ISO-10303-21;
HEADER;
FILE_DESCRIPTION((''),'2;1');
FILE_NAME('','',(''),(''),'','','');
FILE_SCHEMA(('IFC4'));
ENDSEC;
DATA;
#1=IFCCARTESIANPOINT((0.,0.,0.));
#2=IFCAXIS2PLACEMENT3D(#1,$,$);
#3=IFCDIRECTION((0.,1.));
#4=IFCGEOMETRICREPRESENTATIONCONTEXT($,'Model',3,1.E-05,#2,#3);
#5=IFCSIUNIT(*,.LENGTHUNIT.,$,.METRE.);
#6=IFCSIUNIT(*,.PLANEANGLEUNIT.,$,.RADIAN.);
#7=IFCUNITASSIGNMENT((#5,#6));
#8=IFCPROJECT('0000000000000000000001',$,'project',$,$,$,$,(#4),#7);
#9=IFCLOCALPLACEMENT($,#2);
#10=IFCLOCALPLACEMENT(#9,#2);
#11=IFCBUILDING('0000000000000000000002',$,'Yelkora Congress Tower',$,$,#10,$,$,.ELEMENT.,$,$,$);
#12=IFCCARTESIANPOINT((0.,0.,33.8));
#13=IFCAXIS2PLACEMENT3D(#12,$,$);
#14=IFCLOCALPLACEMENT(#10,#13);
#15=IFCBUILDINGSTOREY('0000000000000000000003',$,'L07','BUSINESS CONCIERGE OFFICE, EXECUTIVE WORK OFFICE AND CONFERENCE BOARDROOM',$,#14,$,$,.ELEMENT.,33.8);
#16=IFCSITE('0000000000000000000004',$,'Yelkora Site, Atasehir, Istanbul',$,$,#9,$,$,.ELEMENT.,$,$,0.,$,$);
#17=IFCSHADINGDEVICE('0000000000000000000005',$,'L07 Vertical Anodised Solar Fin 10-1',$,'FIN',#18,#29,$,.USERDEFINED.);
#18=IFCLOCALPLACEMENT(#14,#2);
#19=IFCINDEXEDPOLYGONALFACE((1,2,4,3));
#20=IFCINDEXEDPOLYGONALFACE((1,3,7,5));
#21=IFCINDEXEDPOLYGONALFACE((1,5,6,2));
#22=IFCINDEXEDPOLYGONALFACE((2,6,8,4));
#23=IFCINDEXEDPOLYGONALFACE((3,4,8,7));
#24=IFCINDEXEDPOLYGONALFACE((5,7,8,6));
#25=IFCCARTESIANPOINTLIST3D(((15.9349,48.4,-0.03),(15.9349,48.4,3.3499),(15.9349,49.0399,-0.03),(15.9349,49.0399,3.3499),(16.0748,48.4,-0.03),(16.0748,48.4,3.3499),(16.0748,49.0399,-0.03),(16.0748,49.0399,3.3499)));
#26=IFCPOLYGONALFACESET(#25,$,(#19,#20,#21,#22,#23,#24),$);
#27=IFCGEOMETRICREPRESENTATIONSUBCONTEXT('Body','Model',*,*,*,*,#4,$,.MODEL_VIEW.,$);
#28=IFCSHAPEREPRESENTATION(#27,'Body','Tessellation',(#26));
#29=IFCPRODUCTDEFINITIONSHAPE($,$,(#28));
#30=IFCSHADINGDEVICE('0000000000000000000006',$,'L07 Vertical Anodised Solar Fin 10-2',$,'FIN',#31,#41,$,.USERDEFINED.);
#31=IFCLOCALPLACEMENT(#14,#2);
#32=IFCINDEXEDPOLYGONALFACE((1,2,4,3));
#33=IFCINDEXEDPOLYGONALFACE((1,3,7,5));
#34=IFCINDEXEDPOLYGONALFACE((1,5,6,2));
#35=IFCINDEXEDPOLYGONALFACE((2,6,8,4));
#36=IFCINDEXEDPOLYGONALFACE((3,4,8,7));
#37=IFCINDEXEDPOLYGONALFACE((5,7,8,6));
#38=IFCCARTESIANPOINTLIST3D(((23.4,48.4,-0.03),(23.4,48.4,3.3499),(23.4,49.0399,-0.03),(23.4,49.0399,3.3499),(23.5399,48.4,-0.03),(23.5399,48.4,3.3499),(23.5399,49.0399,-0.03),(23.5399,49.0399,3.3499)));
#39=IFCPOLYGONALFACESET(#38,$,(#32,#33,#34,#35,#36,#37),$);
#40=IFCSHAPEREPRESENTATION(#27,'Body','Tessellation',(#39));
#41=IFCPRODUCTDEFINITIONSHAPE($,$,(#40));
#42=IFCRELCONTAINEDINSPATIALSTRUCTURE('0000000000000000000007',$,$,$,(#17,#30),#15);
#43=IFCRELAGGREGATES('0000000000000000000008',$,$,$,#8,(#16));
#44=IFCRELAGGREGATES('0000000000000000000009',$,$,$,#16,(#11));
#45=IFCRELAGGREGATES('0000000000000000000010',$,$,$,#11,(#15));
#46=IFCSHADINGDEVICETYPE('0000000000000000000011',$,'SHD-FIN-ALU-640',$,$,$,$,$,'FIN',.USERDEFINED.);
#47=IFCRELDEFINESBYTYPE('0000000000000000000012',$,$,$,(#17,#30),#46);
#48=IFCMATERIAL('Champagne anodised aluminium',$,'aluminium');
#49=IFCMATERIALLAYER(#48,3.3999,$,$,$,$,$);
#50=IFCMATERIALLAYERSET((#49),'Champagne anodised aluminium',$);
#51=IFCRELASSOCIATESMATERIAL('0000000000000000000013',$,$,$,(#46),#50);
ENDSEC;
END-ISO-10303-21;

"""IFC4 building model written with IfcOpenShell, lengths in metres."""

from ifc_helpers import new_model, si_unit, direction, frame, origin, origin_2d, place, context, subcontext, project, spatial, rectangle, extrude, material, layer, layer_set, type_object, element, save


model = new_model("IFC4")

# Units and contexts
model_context = context("Model", 3, precision=1e-05, world=origin(), true_north=direction((0.0, 1.0)))
body_context = subcontext(model_context, "Body", "Model", "MODEL_VIEW")
ifc_project = project(units=[si_unit("LENGTHUNIT", "METRE"), si_unit("PLANEANGLEUNIT", "RADIAN")], contexts=[model_context])

# Site, building, storey
site_placement = place(None, origin())
site = spatial("IfcSite", under=ifc_project, at=site_placement, Name="Yelkora Site, Atasehir, Istanbul", CompositionType="ELEMENT", RefElevation=0.0)
building_placement = place(site_placement, origin())
building = spatial("IfcBuilding", under=site, at=building_placement, Name="Yelkora Congress Tower", CompositionType="ELEMENT")
storey_placement = place(building_placement, frame((0.0, 0.0, 33.8)))
storey = spatial("IfcBuildingStorey", under=building, at=storey_placement, Name="L07", Description="BUSINESS CONCIERGE OFFICE, EXECUTIVE WORK OFFICE AND CONFERENCE BOARDROOM", CompositionType="ELEMENT", Elevation=33.8)

# Shading devices
ifc_material_1 = material(Name="Champagne anodised aluminium", Category="aluminium")
ifc_layer_1 = layer(ifc_material_1, 3.3999)
ifc_layer_set_1 = layer_set([ifc_layer_1], Name="Champagne anodised aluminium")
shading_device_type = type_object("IfcShadingDeviceType", Name="SHD-FIN-ALU-640", ElementType="FIN", PredefinedType="USERDEFINED", material=ifc_layer_set_1)
for number, where, z_axis, x_axis, name in (
    (1, (16.0049, 48.72, -0.03), (0.0, 0.0, 1.0), (1.0, 0.0, 0.0), "L07 Vertical Anodised Solar Fin 10-1"),
    (2, (23.47, 48.72, -0.03), (0.0, 0.0, 1.0), (1.0, 0.0, 0.0), "L07 Vertical Anodised Solar Fin 10-2"),
):
    element("IfcShadingDevice", number, at=place(storey_placement, frame(where, z_axis=z_axis, x_axis=x_axis)), inside=storey, type_object=shading_device_type, Name=name, ObjectType="FIN", PredefinedType="USERDEFINED", context=body_context, shape_type="SweptSolid", body=[
        extrude(rectangle(XDim=0.1399, YDim=0.6399, at=origin_2d()), origin(), (0.0, 0.0, 1.0), 3.3799),
    ])

save(model, "model.ifc")
